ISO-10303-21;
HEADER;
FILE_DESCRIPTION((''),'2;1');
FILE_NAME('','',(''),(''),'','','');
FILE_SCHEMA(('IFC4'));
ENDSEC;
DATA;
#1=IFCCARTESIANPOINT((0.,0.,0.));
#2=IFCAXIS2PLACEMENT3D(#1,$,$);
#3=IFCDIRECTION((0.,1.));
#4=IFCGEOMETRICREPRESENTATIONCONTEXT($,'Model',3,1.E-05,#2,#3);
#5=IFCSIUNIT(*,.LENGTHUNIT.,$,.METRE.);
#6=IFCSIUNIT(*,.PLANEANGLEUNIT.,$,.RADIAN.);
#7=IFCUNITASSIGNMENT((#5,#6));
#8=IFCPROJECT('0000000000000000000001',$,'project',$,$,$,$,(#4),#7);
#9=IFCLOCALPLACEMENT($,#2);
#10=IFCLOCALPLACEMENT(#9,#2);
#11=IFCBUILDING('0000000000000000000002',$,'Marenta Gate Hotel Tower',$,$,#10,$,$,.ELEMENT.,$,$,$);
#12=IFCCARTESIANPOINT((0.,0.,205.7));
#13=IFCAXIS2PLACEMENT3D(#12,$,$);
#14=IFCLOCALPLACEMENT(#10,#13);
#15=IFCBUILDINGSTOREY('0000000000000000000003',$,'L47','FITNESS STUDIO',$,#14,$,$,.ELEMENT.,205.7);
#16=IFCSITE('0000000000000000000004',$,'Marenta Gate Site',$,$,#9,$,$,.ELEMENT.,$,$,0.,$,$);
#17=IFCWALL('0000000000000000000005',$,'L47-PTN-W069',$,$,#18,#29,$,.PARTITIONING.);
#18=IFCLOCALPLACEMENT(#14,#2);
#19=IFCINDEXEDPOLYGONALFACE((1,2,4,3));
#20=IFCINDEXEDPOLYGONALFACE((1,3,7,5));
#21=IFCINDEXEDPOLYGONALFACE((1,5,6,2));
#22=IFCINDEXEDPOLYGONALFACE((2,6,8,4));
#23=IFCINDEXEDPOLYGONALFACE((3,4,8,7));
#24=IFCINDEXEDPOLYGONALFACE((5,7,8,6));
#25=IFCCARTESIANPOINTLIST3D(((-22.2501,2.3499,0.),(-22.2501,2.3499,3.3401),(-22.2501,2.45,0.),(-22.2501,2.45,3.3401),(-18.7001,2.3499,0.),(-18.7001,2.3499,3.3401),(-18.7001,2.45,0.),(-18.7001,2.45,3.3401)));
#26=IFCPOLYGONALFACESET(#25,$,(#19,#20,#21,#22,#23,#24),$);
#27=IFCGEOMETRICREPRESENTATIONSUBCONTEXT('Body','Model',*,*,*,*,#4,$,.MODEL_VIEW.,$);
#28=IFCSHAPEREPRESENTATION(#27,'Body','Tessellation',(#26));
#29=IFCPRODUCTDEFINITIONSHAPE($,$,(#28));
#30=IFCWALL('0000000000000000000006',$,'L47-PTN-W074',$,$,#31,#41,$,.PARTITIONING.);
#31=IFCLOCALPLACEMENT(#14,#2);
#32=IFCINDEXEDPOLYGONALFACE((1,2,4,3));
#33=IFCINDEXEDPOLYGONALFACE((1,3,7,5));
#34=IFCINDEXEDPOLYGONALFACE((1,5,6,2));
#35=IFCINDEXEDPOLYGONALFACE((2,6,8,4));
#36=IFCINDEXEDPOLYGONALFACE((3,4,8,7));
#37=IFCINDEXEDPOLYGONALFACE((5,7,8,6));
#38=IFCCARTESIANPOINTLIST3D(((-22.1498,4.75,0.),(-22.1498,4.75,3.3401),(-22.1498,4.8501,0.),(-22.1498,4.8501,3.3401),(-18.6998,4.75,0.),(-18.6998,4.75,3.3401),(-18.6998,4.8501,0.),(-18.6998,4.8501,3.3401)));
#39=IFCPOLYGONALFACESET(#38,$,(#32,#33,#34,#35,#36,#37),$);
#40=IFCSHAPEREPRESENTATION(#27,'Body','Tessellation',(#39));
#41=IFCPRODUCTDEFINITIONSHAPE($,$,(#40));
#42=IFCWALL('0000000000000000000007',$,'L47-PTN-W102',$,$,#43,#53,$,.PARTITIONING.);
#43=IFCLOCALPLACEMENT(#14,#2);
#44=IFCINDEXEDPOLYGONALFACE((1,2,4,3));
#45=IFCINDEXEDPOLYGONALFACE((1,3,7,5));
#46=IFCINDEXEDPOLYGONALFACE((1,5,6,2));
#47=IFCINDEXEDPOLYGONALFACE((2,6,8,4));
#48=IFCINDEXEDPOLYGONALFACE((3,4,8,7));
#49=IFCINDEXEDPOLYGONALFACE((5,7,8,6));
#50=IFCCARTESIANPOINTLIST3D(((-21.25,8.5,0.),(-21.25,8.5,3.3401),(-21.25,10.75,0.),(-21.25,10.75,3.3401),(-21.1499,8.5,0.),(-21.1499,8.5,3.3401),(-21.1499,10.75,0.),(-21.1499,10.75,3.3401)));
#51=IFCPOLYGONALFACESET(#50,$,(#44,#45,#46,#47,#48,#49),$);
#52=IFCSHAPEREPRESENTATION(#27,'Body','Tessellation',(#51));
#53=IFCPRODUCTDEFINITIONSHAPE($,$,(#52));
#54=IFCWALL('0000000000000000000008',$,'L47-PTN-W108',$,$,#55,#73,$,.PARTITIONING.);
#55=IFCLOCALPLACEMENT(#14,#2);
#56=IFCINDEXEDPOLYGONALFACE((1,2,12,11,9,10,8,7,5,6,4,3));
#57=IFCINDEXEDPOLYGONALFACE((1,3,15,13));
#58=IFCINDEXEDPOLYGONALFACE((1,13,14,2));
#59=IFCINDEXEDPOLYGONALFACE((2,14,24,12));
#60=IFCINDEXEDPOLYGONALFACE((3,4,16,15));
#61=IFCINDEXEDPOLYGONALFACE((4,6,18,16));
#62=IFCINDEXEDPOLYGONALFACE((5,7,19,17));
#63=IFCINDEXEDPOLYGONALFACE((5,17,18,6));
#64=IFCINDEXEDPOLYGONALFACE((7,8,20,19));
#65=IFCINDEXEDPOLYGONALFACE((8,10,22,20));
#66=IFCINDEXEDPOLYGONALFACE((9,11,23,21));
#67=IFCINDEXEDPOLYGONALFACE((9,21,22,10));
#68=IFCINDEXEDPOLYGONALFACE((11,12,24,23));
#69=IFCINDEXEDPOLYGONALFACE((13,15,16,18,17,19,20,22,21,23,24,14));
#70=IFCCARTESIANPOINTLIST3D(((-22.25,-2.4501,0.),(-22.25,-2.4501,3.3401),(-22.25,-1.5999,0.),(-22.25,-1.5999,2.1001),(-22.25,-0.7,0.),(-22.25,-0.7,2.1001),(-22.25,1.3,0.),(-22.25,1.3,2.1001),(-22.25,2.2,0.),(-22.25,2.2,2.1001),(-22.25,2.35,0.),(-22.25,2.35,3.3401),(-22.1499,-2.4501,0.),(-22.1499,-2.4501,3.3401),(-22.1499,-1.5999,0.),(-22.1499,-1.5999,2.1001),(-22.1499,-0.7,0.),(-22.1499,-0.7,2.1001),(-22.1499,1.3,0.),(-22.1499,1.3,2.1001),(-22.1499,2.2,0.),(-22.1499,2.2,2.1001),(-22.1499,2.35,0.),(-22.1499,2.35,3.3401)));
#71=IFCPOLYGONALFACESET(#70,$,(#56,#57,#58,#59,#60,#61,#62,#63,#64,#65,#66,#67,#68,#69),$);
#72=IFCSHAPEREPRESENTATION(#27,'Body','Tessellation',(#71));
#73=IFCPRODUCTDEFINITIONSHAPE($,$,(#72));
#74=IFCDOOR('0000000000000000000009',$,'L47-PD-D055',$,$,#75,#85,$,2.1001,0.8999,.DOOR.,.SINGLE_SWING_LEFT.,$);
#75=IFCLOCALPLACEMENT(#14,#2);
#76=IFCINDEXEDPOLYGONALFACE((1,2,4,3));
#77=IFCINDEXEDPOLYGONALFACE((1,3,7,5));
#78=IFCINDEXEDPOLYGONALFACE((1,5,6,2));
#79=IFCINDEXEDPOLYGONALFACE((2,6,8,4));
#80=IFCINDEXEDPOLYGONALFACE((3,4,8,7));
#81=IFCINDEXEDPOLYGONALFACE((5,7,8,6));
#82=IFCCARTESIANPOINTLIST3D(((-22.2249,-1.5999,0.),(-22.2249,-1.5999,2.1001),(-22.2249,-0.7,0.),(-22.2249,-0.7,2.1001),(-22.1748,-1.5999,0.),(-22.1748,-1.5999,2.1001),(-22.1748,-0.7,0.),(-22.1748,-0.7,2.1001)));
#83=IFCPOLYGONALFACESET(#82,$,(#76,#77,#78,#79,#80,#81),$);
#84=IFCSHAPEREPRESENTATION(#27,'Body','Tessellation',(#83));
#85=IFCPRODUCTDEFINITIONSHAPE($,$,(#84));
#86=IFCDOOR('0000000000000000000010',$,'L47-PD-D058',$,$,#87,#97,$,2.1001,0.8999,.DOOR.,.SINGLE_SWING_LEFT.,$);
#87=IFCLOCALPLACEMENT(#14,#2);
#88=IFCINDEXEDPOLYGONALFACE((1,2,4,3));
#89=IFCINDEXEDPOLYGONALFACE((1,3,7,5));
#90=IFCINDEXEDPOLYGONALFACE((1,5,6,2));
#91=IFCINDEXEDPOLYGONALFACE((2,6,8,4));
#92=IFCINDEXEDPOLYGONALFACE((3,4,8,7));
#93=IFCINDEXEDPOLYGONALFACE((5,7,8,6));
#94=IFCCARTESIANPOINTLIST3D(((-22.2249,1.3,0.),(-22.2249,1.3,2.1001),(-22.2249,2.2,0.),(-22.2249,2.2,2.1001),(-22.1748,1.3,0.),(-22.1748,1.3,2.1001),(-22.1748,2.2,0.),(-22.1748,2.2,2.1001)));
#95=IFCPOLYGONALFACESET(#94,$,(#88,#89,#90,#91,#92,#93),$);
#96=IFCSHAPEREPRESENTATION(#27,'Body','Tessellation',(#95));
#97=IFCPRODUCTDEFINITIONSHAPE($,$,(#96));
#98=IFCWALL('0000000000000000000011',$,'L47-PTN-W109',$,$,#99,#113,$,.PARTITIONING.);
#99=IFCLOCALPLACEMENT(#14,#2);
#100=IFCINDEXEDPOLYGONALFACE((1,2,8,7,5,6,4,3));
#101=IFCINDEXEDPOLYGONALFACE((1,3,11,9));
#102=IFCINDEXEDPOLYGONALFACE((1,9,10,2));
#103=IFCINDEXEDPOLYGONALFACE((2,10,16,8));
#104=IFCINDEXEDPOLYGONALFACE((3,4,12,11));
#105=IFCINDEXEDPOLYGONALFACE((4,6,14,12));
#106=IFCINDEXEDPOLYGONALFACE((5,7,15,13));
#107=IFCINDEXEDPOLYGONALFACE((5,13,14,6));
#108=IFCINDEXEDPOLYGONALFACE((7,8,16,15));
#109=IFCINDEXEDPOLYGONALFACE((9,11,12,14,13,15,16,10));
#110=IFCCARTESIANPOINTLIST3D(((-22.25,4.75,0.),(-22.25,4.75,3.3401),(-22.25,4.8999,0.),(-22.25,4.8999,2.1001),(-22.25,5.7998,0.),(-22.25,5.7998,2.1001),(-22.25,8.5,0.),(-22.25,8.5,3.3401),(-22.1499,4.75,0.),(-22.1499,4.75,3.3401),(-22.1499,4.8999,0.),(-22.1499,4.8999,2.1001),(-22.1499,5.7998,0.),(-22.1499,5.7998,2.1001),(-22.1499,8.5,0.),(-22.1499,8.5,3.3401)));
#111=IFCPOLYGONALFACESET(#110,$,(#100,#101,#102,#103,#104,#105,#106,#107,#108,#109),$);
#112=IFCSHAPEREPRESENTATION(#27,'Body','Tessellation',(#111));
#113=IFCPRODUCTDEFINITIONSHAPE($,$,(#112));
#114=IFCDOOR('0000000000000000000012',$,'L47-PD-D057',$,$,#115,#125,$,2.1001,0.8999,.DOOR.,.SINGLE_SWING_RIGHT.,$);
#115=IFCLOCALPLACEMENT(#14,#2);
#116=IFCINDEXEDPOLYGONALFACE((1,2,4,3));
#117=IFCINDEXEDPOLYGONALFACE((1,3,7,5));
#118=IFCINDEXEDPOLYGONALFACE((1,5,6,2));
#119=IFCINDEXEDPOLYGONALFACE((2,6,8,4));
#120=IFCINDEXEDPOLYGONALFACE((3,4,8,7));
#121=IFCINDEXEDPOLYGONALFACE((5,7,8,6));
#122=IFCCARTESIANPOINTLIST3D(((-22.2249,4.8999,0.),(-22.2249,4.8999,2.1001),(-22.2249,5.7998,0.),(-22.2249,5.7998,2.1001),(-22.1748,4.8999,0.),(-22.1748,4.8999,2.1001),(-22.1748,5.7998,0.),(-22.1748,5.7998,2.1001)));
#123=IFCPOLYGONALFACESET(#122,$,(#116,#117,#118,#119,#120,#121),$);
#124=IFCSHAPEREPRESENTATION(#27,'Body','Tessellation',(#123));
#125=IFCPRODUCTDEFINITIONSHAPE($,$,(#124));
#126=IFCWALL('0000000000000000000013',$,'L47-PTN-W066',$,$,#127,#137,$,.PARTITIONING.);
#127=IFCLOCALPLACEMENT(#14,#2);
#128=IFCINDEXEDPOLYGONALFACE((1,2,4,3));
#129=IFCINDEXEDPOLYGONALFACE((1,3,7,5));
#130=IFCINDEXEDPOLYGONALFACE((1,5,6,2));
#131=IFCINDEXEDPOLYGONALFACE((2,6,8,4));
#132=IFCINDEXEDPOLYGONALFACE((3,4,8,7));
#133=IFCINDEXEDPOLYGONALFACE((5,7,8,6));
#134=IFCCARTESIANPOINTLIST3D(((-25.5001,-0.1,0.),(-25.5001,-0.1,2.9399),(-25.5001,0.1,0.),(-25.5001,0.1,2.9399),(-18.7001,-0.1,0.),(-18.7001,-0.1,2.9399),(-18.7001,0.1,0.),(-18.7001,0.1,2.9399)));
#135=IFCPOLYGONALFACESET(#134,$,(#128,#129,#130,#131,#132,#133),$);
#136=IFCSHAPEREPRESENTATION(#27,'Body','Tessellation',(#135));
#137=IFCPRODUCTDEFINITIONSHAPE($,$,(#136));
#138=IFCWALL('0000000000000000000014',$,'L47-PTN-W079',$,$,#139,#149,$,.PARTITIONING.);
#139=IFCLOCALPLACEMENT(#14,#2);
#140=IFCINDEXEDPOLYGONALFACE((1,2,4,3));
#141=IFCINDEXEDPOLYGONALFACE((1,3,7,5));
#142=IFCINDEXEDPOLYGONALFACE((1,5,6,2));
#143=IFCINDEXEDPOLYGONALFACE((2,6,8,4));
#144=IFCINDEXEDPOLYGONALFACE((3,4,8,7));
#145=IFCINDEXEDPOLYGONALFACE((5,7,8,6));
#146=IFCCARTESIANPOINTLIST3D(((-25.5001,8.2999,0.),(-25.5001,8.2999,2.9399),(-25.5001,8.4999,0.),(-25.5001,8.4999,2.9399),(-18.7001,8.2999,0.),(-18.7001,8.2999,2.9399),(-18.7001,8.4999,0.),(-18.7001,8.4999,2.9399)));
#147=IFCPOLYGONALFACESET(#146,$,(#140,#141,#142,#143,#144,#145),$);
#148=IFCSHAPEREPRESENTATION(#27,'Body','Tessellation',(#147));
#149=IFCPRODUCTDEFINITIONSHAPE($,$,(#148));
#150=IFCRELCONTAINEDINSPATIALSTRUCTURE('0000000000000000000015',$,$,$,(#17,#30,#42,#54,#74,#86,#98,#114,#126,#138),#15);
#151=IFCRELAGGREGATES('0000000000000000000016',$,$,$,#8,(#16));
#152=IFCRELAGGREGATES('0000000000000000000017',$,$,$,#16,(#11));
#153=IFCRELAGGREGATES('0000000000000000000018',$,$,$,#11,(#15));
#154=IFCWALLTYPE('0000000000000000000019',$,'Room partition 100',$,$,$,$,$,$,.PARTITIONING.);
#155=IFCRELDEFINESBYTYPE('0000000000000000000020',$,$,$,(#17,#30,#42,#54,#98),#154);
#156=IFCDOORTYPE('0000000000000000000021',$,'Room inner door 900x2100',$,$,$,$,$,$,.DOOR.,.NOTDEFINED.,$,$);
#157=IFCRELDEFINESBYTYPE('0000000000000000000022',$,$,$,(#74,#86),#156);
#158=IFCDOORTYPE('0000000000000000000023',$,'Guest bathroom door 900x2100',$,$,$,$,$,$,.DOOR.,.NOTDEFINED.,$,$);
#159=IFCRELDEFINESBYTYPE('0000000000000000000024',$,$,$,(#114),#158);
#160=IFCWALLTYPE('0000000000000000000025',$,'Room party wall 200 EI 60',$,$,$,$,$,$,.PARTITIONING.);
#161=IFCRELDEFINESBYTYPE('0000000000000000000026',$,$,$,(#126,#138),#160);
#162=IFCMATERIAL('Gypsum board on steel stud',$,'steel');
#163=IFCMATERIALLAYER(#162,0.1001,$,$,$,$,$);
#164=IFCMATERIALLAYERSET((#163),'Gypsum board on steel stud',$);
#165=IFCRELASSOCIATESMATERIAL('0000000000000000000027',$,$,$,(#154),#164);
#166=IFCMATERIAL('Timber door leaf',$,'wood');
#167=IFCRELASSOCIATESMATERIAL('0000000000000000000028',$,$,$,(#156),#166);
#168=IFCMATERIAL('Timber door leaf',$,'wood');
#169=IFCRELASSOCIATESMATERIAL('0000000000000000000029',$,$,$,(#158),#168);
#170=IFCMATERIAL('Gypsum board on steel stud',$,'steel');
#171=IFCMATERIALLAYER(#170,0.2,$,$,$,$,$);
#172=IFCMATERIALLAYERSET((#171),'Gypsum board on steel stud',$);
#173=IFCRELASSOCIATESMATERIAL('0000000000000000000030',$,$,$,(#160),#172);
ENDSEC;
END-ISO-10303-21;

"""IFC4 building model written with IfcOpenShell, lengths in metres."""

from ifc_helpers import new_model, si_unit, direction, frame, frame_2d, origin, place, context, subcontext, project, spatial, rectangle, extrude, material, layer, layer_set, type_object, element, fill, save


model = new_model("IFC4")

# Units and contexts
model_context = context("Model", 3, precision=1e-05, world=origin(), true_north=direction((0.0, 1.0)))
body_context = subcontext(model_context, "Body", "Model", "MODEL_VIEW")
ifc_project = project(units=[si_unit("LENGTHUNIT", "METRE"), si_unit("PLANEANGLEUNIT", "RADIAN")], contexts=[model_context])

# Site, building, storey
site_placement = place(None, origin())
site = spatial("IfcSite", under=ifc_project, at=site_placement, Name="Marenta Gate Site", CompositionType="ELEMENT", RefElevation=0.0)
building_placement = place(site_placement, origin())
building = spatial("IfcBuilding", under=site, at=building_placement, Name="Marenta Gate Hotel Tower", CompositionType="ELEMENT")
storey_placement = place(building_placement, frame((0.0, 0.0, 205.7)))
storey = spatial("IfcBuildingStorey", under=building, at=storey_placement, Name="L47", Description="FITNESS STUDIO", CompositionType="ELEMENT", Elevation=205.7)

# Walls
ifc_material_1 = material(Name="Gypsum board on steel stud", Category="steel")
ifc_layer_1 = layer(ifc_material_1, 0.1001)
ifc_layer_set_1 = layer_set([ifc_layer_1], Name="Gypsum board on steel stud")
wall_type_1 = type_object("IfcWallType", Name="Room partition 100", PredefinedType="PARTITIONING", material=ifc_layer_set_1)
wall_1_placement = place(storey_placement, frame((-22.25, 2.3999, 0.0), z_axis=(0.0, 0.0, 1.0), x_axis=(1.0, 0.0, 0.0)))
element("IfcWall", 1, at=wall_1_placement, inside=storey, type_object=wall_type_1, Name="L47-PTN-W069", PredefinedType="PARTITIONING", context=body_context, shape_type="SweptSolid", body=[
    extrude(rectangle(XDim=3.55, YDim=0.1001, at=frame_2d((1.7749, 0.0))), origin(), (0.0, 0.0, 1.0), 3.3401),
])
wall_2_placement = place(storey_placement, frame((-22.1499, 4.8, 0.0), z_axis=(0.0, 0.0, 1.0), x_axis=(1.0, 0.0, 0.0)))
element("IfcWall", 2, at=wall_2_placement, inside=storey, type_object=wall_type_1, Name="L47-PTN-W074", PredefinedType="PARTITIONING", context=body_context, shape_type="SweptSolid", body=[
    extrude(rectangle(XDim=3.45, YDim=0.1001, at=frame_2d((1.7251, 0.0))), origin(), (0.0, 0.0, 1.0), 3.3401),
])
wall_3_placement = place(storey_placement, frame((-21.2, 8.5, 0.0), z_axis=(0.0, 0.0, 1.0), x_axis=(0.0, 1.0, 0.0)))
element("IfcWall", 3, at=wall_3_placement, inside=storey, type_object=wall_type_1, Name="L47-PTN-W102", PredefinedType="PARTITIONING", context=body_context, shape_type="SweptSolid", body=[
    extrude(rectangle(XDim=2.25, YDim=0.1001, at=frame_2d((1.125, 0.0))), origin(), (0.0, 0.0, 1.0), 3.3401),
])

# Wall, openings, doors
wall_4_placement = place(storey_placement, frame((-22.2, -2.45, 0.0), z_axis=(0.0, 0.0, 1.0), x_axis=(0.0, 1.0, 0.0)))
wall_4 = element("IfcWall", 4, at=wall_4_placement, inside=storey, type_object=wall_type_1, Name="L47-PTN-W108", PredefinedType="PARTITIONING", context=body_context, shape_type="SweptSolid", body=[
    extrude(rectangle(XDim=4.8, YDim=0.1001, at=frame_2d((2.3999, 0.0))), origin(), (0.0, 0.0, 1.0), 3.3401),
])
opening_1_placement = place(wall_4_placement, frame((0.8501, 0.0, 0.0)))
opening_1 = element("IfcOpeningElement", 5, at=opening_1_placement, cuts=wall_4, PredefinedType="OPENING", context=body_context, shape_type="SweptSolid", body=[
    extrude(rectangle(XDim=0.8999, YDim=2.1001, at=frame_2d((0.45, 1.05))), frame((0.0, 0.05, 0.0), z_axis=(0.0, -1.0, 0.0), x_axis=(1.0, 0.0, 0.0)), (0.0, 0.0, 1.0), 0.1001),
])
opening_2_placement = place(wall_4_placement, frame((3.75, 0.0, 0.0)))
opening_2 = element("IfcOpeningElement", 6, at=opening_2_placement, cuts=wall_4, PredefinedType="OPENING", context=body_context, shape_type="SweptSolid", body=[
    extrude(rectangle(XDim=0.8999, YDim=2.1001, at=frame_2d((0.45, 1.05))), frame((0.0, 0.05, 0.0), z_axis=(0.0, -1.0, 0.0), x_axis=(1.0, 0.0, 0.0)), (0.0, 0.0, 1.0), 0.1001),
])
ifc_material_2 = material(Name="Timber door leaf", Category="wood")
door_type_1 = type_object("IfcDoorType", Name="Room inner door 900x2100", OperationType="NOTDEFINED", PredefinedType="DOOR", material=ifc_material_2)
door_1_placement = place(opening_1_placement, origin())
door_1 = element("IfcDoor", 7, at=door_1_placement, inside=storey, type_object=door_type_1, Name="L47-PD-D055", OperationType="SINGLE_SWING_LEFT", OverallHeight=2.1001, OverallWidth=0.8999, PredefinedType="DOOR", context=body_context, shape_type="SweptSolid", body=[
    extrude(rectangle(XDim=0.8999, YDim=2.1001, at=frame_2d((0.45, 1.05))), frame((0.0, 0.0249, 0.0), z_axis=(0.0, -1.0, 0.0), x_axis=(1.0, 0.0, 0.0)), (0.0, 0.0, 1.0), 0.05),
])
fill(opening_1, door_1)
door_2_placement = place(opening_2_placement, origin())
door_2 = element("IfcDoor", 8, at=door_2_placement, inside=storey, type_object=door_type_1, Name="L47-PD-D058", OperationType="SINGLE_SWING_LEFT", OverallHeight=2.1001, OverallWidth=0.8999, PredefinedType="DOOR", context=body_context, shape_type="SweptSolid", body=[
    extrude(rectangle(XDim=0.8999, YDim=2.1001, at=frame_2d((0.45, 1.05))), frame((0.0, 0.0249, 0.0), z_axis=(0.0, -1.0, 0.0), x_axis=(1.0, 0.0, 0.0)), (0.0, 0.0, 1.0), 0.05),
])
fill(opening_2, door_2)

# Wall, opening, door
wall_5_placement = place(storey_placement, frame((-22.2, 4.75, 0.0), z_axis=(0.0, 0.0, 1.0), x_axis=(0.0, 1.0, 0.0)))
wall_5 = element("IfcWall", 9, at=wall_5_placement, inside=storey, type_object=wall_type_1, Name="L47-PTN-W109", PredefinedType="PARTITIONING", context=body_context, shape_type="SweptSolid", body=[
    extrude(rectangle(XDim=3.75, YDim=0.1001, at=frame_2d((1.875, 0.0))), origin(), (0.0, 0.0, 1.0), 3.3401),
])
opening_3_placement = place(wall_5_placement, frame((0.1499, 0.0, 0.0)))
opening_3 = element("IfcOpeningElement", 10, at=opening_3_placement, cuts=wall_5, PredefinedType="OPENING", context=body_context, shape_type="SweptSolid", body=[
    extrude(rectangle(XDim=0.8999, YDim=2.1001, at=frame_2d((0.45, 1.05))), frame((0.0, 0.05, 0.0), z_axis=(0.0, -1.0, 0.0), x_axis=(1.0, 0.0, 0.0)), (0.0, 0.0, 1.0), 0.1001),
])
ifc_material_3 = material(Name="Timber door leaf", Category="wood")
door_type_2 = type_object("IfcDoorType", Name="Guest bathroom door 900x2100", OperationType="NOTDEFINED", PredefinedType="DOOR", material=ifc_material_3)
door_3_placement = place(opening_3_placement, origin())
door_3 = element("IfcDoor", 11, at=door_3_placement, inside=storey, type_object=door_type_2, Name="L47-PD-D057", OperationType="SINGLE_SWING_RIGHT", OverallHeight=2.1001, OverallWidth=0.8999, PredefinedType="DOOR", context=body_context, shape_type="SweptSolid", body=[
    extrude(rectangle(XDim=0.8999, YDim=2.1001, at=frame_2d((0.45, 1.05))), frame((0.0, 0.0249, 0.0), z_axis=(0.0, -1.0, 0.0), x_axis=(1.0, 0.0, 0.0)), (0.0, 0.0, 1.0), 0.05),
])
fill(opening_3, door_3)

# Walls
ifc_material_4 = material(Name="Gypsum board on steel stud", Category="steel")
ifc_layer_2 = layer(ifc_material_4, 0.2)
ifc_layer_set_2 = layer_set([ifc_layer_2], Name="Gypsum board on steel stud")
wall_type_2 = type_object("IfcWallType", Name="Room party wall 200 EI 60", PredefinedType="PARTITIONING", material=ifc_layer_set_2)
for number, where, z_axis, x_axis, name in (
    (12, (-25.5, 0.0, 0.0), (0.0, 0.0, 1.0), (1.0, 0.0, 0.0), "L47-PTN-W066"),
    (13, (-25.5, 8.3999, 0.0), (0.0, 0.0, 1.0), (1.0, 0.0, 0.0), "L47-PTN-W079"),
):
    element("IfcWall", number, at=place(storey_placement, frame(where, z_axis=z_axis, x_axis=x_axis)), inside=storey, type_object=wall_type_2, Name=name, PredefinedType="PARTITIONING", context=body_context, shape_type="SweptSolid", body=[
        extrude(rectangle(XDim=6.8, YDim=0.2, at=frame_2d((3.3999, 0.0))), origin(), (0.0, 0.0, 1.0), 2.9399),
    ])

save(model, "model.ifc")
